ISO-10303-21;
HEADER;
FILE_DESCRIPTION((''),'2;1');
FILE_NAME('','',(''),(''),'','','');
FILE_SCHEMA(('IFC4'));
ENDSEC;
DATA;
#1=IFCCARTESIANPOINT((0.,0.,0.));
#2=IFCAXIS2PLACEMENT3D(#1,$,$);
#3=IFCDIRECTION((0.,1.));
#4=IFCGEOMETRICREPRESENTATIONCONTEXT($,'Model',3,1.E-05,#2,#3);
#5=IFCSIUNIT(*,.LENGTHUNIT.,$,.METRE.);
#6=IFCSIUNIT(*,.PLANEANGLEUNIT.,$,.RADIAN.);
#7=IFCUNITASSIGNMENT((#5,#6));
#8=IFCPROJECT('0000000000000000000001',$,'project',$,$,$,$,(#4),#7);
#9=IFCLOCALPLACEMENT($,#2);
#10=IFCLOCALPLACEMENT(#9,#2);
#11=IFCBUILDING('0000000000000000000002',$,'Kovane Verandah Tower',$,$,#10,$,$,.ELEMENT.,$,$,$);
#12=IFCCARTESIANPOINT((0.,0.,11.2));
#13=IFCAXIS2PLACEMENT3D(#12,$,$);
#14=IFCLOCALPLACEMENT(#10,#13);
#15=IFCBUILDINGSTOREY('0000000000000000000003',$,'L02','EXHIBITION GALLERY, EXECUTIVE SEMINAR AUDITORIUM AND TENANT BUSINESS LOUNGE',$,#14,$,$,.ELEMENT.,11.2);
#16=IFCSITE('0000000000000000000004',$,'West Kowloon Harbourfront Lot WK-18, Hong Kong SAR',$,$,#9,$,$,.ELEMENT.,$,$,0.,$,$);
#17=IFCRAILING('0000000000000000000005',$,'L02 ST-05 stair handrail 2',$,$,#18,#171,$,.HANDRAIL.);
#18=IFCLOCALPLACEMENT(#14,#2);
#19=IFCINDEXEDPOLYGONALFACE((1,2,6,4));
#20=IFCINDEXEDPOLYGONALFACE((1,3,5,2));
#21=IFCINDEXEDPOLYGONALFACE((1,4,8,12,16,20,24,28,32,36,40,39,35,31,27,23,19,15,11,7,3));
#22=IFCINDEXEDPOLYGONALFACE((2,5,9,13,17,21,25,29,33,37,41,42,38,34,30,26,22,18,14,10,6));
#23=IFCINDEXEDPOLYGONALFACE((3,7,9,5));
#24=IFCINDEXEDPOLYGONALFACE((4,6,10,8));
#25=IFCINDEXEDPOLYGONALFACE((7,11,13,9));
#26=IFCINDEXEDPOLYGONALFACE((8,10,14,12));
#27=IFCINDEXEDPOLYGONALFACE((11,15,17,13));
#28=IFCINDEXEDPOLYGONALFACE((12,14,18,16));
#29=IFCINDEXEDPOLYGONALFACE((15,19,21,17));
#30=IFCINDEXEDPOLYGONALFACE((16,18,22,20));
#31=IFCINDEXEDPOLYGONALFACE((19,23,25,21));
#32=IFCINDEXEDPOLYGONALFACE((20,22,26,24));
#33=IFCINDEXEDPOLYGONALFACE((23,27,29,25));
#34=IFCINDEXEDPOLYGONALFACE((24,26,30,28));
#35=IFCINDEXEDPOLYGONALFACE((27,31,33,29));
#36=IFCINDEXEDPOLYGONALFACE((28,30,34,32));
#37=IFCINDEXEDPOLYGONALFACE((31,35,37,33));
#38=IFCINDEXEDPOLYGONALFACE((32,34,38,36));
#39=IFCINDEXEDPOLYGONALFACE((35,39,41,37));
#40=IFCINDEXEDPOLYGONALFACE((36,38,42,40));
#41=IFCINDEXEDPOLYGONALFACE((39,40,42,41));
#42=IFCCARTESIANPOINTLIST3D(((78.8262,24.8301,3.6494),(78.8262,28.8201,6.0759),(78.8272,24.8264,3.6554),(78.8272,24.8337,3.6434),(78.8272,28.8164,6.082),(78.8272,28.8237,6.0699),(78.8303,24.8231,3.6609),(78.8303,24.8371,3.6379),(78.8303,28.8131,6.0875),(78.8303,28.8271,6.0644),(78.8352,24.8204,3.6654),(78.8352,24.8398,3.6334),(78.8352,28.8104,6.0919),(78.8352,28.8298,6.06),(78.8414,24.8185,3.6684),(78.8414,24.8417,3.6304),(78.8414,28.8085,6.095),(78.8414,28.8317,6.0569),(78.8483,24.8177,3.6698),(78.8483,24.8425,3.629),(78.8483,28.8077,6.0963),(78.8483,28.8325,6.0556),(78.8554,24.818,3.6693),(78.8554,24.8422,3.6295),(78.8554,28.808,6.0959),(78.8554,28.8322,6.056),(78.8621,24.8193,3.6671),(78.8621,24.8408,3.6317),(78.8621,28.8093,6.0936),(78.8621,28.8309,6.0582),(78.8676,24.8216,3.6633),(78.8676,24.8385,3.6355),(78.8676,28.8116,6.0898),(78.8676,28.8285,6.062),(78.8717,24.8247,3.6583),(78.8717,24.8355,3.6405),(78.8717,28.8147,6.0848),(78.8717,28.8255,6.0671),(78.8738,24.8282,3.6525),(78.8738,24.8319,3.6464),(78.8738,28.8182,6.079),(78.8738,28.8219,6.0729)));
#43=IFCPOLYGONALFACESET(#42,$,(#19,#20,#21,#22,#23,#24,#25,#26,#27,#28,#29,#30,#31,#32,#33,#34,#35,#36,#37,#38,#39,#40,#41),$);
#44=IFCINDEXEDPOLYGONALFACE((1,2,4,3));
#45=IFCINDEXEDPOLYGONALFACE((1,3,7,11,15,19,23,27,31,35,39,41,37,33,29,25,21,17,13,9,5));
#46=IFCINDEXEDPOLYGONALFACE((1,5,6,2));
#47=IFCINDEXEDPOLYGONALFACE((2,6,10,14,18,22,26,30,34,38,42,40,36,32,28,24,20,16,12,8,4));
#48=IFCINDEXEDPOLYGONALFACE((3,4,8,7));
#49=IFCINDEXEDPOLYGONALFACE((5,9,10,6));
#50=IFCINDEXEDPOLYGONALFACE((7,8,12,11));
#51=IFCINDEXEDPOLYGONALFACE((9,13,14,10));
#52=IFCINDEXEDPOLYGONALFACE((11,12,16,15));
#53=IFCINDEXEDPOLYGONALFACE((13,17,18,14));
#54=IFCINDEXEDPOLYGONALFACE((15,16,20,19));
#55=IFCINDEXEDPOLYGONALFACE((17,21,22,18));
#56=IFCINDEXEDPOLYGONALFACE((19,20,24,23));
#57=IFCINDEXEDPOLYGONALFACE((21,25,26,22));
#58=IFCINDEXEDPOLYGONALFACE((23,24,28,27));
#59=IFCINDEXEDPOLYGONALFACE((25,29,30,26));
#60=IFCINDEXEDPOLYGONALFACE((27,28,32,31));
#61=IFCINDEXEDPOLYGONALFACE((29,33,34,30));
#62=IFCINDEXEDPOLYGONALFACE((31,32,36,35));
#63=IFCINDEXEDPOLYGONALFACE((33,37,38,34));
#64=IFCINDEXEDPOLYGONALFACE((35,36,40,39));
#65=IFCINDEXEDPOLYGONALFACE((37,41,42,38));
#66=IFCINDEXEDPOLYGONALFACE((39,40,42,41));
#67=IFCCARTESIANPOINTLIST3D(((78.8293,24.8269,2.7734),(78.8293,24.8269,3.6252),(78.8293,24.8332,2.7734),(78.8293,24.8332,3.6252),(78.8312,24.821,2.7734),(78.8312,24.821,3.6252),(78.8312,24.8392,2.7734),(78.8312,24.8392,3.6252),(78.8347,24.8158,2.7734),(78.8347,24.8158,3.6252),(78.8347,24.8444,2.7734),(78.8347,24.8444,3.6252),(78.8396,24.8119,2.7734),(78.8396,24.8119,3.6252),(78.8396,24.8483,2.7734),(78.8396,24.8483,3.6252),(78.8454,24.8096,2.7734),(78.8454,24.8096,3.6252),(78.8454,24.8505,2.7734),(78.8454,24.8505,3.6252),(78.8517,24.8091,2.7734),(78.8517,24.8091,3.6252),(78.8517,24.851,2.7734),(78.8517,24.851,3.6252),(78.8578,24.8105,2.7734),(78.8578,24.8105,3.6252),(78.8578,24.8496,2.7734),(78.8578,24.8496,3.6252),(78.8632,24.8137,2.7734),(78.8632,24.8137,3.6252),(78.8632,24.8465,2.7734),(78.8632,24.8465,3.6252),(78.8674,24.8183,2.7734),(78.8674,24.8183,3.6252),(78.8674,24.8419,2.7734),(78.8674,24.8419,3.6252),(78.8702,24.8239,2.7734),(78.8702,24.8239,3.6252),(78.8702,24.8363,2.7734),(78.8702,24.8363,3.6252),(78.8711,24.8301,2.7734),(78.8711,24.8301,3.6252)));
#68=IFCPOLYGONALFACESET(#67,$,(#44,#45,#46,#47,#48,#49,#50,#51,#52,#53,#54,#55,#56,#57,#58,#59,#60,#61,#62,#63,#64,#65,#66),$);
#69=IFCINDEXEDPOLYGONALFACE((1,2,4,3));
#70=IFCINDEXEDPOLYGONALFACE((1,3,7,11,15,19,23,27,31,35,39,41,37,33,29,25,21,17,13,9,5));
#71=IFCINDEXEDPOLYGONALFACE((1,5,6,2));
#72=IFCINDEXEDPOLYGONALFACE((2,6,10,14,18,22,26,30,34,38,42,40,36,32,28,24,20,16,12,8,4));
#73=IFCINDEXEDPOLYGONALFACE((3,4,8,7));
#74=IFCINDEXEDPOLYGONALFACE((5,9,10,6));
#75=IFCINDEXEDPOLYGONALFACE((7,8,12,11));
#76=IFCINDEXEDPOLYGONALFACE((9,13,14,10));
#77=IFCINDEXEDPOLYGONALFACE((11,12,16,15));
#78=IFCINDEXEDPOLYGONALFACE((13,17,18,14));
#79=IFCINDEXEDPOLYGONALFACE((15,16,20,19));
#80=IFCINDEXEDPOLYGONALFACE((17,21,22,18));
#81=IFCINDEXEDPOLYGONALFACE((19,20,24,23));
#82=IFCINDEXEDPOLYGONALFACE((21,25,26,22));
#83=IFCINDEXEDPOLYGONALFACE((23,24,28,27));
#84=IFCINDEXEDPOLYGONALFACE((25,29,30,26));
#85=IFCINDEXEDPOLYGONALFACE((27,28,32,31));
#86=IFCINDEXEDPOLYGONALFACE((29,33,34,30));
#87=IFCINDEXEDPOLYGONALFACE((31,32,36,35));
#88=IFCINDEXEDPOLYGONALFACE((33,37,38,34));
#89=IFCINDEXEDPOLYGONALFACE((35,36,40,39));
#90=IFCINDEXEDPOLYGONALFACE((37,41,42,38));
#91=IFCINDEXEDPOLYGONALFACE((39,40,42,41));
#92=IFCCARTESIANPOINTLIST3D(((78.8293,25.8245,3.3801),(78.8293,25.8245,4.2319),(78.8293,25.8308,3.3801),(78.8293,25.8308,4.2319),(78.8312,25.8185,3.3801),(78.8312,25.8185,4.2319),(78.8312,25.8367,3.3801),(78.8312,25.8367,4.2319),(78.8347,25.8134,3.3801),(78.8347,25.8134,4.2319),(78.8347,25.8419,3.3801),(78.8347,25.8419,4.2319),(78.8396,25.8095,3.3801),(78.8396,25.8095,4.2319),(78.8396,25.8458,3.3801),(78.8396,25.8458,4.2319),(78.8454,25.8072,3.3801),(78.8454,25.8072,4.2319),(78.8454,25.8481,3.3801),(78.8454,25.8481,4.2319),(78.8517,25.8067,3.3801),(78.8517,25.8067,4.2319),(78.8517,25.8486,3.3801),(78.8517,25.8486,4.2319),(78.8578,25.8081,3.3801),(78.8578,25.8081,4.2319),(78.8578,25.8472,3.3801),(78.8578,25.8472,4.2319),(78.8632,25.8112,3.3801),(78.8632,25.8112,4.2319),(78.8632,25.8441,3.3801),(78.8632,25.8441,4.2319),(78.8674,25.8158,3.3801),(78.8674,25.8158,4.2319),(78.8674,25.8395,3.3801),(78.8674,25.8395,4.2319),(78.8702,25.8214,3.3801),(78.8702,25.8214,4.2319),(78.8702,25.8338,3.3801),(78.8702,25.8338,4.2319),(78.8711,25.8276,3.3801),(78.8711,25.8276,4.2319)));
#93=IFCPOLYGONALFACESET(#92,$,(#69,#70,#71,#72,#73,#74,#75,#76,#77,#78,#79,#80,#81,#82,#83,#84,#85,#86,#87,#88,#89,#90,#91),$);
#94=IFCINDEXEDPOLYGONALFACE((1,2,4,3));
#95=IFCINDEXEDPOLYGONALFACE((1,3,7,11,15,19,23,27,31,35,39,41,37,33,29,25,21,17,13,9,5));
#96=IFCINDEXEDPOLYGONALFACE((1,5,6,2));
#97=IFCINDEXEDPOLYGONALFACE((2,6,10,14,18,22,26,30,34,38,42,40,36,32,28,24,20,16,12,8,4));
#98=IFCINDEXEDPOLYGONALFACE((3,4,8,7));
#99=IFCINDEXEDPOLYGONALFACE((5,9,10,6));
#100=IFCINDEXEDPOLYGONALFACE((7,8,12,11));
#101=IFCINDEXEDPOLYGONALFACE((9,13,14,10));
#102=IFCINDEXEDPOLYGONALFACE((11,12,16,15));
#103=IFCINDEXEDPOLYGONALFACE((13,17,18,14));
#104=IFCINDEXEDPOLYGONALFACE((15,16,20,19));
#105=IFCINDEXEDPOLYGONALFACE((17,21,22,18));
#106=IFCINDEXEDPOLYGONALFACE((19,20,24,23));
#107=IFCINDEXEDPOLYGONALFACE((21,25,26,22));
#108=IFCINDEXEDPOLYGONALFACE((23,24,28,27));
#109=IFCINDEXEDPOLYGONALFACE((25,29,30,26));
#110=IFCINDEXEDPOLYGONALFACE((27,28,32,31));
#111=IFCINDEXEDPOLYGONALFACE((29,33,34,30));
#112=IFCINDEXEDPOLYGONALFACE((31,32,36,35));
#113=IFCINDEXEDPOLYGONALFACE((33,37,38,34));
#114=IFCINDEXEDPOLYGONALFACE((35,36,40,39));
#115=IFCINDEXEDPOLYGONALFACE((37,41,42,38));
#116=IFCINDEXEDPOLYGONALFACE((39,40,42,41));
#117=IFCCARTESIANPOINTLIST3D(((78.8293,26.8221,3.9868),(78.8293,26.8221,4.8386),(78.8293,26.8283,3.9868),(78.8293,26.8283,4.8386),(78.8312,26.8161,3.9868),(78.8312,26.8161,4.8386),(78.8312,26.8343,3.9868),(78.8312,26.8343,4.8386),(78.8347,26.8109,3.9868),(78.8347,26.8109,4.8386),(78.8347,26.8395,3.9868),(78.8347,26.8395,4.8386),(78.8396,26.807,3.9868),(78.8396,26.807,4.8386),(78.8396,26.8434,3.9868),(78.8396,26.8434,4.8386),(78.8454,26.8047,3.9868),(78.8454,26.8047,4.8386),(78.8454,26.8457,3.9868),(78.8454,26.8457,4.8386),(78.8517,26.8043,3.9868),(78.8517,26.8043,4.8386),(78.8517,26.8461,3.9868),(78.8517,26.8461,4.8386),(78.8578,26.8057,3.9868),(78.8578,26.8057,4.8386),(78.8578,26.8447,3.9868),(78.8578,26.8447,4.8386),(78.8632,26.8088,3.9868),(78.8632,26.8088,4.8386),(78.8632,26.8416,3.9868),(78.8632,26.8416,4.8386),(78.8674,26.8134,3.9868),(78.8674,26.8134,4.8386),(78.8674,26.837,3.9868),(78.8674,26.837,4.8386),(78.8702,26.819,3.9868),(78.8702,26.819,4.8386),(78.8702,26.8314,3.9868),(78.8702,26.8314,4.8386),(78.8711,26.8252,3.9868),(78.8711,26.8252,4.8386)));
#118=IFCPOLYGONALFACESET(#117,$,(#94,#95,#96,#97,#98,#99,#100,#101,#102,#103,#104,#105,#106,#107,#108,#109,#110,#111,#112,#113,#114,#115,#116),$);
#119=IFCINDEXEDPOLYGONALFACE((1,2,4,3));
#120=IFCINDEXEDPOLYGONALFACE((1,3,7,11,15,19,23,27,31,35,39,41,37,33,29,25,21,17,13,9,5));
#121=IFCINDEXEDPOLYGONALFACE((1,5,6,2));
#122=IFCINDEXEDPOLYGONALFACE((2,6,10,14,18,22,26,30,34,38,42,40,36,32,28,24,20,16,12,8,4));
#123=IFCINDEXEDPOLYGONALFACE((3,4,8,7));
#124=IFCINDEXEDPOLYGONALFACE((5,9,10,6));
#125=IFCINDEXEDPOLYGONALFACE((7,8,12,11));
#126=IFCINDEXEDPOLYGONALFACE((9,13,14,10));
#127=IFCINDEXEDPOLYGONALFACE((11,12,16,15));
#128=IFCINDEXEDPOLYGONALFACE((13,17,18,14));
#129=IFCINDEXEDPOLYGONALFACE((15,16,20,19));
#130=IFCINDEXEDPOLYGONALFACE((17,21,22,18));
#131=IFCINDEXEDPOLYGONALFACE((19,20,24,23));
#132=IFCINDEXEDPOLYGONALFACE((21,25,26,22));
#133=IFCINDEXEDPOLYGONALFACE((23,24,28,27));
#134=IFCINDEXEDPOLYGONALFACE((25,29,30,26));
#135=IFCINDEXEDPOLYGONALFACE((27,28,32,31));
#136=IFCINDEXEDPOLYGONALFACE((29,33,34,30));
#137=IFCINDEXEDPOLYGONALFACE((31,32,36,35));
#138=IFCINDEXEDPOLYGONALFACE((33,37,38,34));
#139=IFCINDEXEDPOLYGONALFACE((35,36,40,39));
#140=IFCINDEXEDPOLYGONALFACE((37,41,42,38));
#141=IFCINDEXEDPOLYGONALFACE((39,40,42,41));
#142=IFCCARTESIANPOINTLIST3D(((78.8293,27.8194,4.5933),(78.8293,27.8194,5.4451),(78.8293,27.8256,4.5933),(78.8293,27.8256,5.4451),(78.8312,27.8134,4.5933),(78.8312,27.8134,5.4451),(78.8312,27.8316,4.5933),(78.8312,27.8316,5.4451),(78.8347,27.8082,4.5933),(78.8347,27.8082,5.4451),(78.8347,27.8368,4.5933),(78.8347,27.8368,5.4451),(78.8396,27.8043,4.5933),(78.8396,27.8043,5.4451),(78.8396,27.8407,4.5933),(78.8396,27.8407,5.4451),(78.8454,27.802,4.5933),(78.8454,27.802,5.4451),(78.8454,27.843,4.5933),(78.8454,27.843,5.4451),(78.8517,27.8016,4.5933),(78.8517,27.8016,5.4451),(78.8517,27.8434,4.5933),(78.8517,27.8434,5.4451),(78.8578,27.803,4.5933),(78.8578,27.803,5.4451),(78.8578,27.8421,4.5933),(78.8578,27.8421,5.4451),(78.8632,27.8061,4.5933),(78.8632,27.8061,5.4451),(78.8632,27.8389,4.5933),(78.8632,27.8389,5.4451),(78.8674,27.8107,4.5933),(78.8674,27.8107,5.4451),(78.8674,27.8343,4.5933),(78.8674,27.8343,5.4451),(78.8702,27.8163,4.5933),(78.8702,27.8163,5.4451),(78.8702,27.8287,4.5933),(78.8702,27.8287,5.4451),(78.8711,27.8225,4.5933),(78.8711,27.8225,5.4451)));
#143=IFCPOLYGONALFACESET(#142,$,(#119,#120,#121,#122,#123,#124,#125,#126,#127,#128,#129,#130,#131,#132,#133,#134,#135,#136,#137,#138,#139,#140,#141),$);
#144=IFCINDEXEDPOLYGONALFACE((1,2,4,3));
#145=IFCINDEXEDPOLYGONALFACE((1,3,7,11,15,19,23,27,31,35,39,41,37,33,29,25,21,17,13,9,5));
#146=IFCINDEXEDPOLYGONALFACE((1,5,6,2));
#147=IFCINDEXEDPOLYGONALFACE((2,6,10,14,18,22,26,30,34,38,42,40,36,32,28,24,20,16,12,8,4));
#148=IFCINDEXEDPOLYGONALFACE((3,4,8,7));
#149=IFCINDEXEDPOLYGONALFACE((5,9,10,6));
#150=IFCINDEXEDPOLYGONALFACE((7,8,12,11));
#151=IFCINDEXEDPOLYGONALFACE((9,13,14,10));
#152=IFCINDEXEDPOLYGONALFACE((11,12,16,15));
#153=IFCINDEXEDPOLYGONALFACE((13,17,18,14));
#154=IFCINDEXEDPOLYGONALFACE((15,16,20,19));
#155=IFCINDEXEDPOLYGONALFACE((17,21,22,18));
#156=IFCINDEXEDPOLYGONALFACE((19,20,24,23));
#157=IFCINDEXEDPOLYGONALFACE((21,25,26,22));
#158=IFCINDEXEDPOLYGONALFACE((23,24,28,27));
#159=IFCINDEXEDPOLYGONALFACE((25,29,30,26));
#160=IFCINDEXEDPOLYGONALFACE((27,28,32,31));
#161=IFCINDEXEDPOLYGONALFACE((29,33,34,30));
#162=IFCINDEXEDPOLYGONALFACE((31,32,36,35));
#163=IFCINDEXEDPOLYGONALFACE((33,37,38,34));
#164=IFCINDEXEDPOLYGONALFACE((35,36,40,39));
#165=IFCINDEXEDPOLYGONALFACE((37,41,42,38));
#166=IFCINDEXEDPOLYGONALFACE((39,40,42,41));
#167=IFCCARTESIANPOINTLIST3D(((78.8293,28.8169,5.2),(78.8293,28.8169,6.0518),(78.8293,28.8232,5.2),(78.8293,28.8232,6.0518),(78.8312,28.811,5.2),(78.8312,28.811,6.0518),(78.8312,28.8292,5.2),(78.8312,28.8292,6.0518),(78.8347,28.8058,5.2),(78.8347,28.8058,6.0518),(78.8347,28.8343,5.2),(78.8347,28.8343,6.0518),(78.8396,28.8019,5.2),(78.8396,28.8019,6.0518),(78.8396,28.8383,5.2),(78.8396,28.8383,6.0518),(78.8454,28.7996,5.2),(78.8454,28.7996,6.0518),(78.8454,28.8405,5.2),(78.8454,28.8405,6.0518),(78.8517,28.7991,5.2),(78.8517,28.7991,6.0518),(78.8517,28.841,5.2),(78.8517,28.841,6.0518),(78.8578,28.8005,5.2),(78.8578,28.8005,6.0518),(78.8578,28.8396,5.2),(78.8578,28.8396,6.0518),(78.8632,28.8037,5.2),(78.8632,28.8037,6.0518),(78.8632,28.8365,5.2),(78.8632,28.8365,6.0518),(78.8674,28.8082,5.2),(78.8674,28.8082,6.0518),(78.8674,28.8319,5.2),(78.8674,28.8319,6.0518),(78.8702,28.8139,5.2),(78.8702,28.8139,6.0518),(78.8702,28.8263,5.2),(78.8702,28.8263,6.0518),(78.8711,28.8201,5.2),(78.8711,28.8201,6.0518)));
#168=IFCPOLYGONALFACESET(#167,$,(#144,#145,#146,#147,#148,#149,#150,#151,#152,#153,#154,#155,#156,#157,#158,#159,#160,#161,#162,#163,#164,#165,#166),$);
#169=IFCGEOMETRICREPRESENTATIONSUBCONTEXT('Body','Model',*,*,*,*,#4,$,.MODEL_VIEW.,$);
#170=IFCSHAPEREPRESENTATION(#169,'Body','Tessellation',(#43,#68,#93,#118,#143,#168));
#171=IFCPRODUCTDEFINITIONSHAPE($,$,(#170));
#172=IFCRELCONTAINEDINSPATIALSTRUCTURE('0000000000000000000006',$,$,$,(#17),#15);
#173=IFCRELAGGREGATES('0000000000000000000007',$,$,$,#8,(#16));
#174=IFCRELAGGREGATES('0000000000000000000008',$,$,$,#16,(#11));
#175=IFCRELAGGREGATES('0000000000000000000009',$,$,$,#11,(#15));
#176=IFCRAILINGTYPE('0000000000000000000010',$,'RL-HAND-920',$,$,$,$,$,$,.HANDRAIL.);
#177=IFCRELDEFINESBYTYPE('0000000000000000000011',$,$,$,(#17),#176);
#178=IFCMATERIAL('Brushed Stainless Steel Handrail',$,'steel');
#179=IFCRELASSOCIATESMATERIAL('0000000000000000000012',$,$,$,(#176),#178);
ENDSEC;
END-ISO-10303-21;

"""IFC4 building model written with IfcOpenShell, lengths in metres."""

from ifc_helpers import new_model, si_unit, direction, frame, origin, origin_2d, place, context, subcontext, project, spatial, circle, extrude, material, type_object, element, save


model = new_model("IFC4")

# Units and contexts
model_context = context("Model", 3, precision=1e-05, world=origin(), true_north=direction((0.0, 1.0)))
body_context = subcontext(model_context, "Body", "Model", "MODEL_VIEW")
ifc_project = project(units=[si_unit("LENGTHUNIT", "METRE"), si_unit("PLANEANGLEUNIT", "RADIAN")], contexts=[model_context])

# Site, building, storey
site_placement = place(None, origin())
site = spatial("IfcSite", under=ifc_project, at=site_placement, Name="West Kowloon Harbourfront Lot WK-18, Hong Kong SAR", CompositionType="ELEMENT", RefElevation=0.0)
building_placement = place(site_placement, origin())
building = spatial("IfcBuilding", under=site, at=building_placement, Name="Kovane Verandah Tower", CompositionType="ELEMENT")
storey_placement = place(building_placement, frame((0.0, 0.0, 11.2)))
storey = spatial("IfcBuildingStorey", under=building, at=storey_placement, Name="L02", Description="EXHIBITION GALLERY, EXECUTIVE SEMINAR AUDITORIUM AND TENANT BUSINESS LOUNGE", CompositionType="ELEMENT", Elevation=11.2)

# Railing
ifc_material_1 = material(Name="Brushed Stainless Steel Handrail", Category="steel")
railing_type_1 = type_object("IfcRailingType", Name="RL-HAND-920", PredefinedType="HANDRAIL", material=ifc_material_1)
railing_1_placement = place(storey_placement, frame((78.8501, 24.8301, 2.7734)))
element("IfcRailing", 1, at=railing_1_placement, inside=storey, type_object=railing_type_1, Name="L02 ST-05 stair handrail 2", PredefinedType="HANDRAIL", context=body_context, shape_type="SweptSolid", body=[
    extrude(circle(Radius=0.0239, at=origin_2d()), frame((0.0, 0.0, 0.876), z_axis=(0.0, 0.854405, 0.519607), x_axis=(-1.0, 0.0, 0.0)), (0.0, 0.0, 1.0), 4.6699),
    extrude(circle(Radius=0.021, at=origin_2d()), origin(), (0.0, 0.0, 1.0), 0.8518),
    extrude(circle(Radius=0.021, at=origin_2d()), frame((0.0, 0.9976, 0.6067)), (0.0, 0.0, 1.0), 0.8518),
    extrude(circle(Radius=0.021, at=origin_2d()), frame((0.0, 1.9951, 1.2134)), (0.0, 0.0, 1.0), 0.8518),
    extrude(circle(Radius=0.021, at=origin_2d()), frame((0.0, 2.9924, 1.8198)), (0.0, 0.0, 1.0), 0.8518),
    extrude(circle(Radius=0.021, at=origin_2d()), frame((0.0, 3.99, 2.4265)), (0.0, 0.0, 1.0), 0.8518),
])

save(model, "model.ifc")
